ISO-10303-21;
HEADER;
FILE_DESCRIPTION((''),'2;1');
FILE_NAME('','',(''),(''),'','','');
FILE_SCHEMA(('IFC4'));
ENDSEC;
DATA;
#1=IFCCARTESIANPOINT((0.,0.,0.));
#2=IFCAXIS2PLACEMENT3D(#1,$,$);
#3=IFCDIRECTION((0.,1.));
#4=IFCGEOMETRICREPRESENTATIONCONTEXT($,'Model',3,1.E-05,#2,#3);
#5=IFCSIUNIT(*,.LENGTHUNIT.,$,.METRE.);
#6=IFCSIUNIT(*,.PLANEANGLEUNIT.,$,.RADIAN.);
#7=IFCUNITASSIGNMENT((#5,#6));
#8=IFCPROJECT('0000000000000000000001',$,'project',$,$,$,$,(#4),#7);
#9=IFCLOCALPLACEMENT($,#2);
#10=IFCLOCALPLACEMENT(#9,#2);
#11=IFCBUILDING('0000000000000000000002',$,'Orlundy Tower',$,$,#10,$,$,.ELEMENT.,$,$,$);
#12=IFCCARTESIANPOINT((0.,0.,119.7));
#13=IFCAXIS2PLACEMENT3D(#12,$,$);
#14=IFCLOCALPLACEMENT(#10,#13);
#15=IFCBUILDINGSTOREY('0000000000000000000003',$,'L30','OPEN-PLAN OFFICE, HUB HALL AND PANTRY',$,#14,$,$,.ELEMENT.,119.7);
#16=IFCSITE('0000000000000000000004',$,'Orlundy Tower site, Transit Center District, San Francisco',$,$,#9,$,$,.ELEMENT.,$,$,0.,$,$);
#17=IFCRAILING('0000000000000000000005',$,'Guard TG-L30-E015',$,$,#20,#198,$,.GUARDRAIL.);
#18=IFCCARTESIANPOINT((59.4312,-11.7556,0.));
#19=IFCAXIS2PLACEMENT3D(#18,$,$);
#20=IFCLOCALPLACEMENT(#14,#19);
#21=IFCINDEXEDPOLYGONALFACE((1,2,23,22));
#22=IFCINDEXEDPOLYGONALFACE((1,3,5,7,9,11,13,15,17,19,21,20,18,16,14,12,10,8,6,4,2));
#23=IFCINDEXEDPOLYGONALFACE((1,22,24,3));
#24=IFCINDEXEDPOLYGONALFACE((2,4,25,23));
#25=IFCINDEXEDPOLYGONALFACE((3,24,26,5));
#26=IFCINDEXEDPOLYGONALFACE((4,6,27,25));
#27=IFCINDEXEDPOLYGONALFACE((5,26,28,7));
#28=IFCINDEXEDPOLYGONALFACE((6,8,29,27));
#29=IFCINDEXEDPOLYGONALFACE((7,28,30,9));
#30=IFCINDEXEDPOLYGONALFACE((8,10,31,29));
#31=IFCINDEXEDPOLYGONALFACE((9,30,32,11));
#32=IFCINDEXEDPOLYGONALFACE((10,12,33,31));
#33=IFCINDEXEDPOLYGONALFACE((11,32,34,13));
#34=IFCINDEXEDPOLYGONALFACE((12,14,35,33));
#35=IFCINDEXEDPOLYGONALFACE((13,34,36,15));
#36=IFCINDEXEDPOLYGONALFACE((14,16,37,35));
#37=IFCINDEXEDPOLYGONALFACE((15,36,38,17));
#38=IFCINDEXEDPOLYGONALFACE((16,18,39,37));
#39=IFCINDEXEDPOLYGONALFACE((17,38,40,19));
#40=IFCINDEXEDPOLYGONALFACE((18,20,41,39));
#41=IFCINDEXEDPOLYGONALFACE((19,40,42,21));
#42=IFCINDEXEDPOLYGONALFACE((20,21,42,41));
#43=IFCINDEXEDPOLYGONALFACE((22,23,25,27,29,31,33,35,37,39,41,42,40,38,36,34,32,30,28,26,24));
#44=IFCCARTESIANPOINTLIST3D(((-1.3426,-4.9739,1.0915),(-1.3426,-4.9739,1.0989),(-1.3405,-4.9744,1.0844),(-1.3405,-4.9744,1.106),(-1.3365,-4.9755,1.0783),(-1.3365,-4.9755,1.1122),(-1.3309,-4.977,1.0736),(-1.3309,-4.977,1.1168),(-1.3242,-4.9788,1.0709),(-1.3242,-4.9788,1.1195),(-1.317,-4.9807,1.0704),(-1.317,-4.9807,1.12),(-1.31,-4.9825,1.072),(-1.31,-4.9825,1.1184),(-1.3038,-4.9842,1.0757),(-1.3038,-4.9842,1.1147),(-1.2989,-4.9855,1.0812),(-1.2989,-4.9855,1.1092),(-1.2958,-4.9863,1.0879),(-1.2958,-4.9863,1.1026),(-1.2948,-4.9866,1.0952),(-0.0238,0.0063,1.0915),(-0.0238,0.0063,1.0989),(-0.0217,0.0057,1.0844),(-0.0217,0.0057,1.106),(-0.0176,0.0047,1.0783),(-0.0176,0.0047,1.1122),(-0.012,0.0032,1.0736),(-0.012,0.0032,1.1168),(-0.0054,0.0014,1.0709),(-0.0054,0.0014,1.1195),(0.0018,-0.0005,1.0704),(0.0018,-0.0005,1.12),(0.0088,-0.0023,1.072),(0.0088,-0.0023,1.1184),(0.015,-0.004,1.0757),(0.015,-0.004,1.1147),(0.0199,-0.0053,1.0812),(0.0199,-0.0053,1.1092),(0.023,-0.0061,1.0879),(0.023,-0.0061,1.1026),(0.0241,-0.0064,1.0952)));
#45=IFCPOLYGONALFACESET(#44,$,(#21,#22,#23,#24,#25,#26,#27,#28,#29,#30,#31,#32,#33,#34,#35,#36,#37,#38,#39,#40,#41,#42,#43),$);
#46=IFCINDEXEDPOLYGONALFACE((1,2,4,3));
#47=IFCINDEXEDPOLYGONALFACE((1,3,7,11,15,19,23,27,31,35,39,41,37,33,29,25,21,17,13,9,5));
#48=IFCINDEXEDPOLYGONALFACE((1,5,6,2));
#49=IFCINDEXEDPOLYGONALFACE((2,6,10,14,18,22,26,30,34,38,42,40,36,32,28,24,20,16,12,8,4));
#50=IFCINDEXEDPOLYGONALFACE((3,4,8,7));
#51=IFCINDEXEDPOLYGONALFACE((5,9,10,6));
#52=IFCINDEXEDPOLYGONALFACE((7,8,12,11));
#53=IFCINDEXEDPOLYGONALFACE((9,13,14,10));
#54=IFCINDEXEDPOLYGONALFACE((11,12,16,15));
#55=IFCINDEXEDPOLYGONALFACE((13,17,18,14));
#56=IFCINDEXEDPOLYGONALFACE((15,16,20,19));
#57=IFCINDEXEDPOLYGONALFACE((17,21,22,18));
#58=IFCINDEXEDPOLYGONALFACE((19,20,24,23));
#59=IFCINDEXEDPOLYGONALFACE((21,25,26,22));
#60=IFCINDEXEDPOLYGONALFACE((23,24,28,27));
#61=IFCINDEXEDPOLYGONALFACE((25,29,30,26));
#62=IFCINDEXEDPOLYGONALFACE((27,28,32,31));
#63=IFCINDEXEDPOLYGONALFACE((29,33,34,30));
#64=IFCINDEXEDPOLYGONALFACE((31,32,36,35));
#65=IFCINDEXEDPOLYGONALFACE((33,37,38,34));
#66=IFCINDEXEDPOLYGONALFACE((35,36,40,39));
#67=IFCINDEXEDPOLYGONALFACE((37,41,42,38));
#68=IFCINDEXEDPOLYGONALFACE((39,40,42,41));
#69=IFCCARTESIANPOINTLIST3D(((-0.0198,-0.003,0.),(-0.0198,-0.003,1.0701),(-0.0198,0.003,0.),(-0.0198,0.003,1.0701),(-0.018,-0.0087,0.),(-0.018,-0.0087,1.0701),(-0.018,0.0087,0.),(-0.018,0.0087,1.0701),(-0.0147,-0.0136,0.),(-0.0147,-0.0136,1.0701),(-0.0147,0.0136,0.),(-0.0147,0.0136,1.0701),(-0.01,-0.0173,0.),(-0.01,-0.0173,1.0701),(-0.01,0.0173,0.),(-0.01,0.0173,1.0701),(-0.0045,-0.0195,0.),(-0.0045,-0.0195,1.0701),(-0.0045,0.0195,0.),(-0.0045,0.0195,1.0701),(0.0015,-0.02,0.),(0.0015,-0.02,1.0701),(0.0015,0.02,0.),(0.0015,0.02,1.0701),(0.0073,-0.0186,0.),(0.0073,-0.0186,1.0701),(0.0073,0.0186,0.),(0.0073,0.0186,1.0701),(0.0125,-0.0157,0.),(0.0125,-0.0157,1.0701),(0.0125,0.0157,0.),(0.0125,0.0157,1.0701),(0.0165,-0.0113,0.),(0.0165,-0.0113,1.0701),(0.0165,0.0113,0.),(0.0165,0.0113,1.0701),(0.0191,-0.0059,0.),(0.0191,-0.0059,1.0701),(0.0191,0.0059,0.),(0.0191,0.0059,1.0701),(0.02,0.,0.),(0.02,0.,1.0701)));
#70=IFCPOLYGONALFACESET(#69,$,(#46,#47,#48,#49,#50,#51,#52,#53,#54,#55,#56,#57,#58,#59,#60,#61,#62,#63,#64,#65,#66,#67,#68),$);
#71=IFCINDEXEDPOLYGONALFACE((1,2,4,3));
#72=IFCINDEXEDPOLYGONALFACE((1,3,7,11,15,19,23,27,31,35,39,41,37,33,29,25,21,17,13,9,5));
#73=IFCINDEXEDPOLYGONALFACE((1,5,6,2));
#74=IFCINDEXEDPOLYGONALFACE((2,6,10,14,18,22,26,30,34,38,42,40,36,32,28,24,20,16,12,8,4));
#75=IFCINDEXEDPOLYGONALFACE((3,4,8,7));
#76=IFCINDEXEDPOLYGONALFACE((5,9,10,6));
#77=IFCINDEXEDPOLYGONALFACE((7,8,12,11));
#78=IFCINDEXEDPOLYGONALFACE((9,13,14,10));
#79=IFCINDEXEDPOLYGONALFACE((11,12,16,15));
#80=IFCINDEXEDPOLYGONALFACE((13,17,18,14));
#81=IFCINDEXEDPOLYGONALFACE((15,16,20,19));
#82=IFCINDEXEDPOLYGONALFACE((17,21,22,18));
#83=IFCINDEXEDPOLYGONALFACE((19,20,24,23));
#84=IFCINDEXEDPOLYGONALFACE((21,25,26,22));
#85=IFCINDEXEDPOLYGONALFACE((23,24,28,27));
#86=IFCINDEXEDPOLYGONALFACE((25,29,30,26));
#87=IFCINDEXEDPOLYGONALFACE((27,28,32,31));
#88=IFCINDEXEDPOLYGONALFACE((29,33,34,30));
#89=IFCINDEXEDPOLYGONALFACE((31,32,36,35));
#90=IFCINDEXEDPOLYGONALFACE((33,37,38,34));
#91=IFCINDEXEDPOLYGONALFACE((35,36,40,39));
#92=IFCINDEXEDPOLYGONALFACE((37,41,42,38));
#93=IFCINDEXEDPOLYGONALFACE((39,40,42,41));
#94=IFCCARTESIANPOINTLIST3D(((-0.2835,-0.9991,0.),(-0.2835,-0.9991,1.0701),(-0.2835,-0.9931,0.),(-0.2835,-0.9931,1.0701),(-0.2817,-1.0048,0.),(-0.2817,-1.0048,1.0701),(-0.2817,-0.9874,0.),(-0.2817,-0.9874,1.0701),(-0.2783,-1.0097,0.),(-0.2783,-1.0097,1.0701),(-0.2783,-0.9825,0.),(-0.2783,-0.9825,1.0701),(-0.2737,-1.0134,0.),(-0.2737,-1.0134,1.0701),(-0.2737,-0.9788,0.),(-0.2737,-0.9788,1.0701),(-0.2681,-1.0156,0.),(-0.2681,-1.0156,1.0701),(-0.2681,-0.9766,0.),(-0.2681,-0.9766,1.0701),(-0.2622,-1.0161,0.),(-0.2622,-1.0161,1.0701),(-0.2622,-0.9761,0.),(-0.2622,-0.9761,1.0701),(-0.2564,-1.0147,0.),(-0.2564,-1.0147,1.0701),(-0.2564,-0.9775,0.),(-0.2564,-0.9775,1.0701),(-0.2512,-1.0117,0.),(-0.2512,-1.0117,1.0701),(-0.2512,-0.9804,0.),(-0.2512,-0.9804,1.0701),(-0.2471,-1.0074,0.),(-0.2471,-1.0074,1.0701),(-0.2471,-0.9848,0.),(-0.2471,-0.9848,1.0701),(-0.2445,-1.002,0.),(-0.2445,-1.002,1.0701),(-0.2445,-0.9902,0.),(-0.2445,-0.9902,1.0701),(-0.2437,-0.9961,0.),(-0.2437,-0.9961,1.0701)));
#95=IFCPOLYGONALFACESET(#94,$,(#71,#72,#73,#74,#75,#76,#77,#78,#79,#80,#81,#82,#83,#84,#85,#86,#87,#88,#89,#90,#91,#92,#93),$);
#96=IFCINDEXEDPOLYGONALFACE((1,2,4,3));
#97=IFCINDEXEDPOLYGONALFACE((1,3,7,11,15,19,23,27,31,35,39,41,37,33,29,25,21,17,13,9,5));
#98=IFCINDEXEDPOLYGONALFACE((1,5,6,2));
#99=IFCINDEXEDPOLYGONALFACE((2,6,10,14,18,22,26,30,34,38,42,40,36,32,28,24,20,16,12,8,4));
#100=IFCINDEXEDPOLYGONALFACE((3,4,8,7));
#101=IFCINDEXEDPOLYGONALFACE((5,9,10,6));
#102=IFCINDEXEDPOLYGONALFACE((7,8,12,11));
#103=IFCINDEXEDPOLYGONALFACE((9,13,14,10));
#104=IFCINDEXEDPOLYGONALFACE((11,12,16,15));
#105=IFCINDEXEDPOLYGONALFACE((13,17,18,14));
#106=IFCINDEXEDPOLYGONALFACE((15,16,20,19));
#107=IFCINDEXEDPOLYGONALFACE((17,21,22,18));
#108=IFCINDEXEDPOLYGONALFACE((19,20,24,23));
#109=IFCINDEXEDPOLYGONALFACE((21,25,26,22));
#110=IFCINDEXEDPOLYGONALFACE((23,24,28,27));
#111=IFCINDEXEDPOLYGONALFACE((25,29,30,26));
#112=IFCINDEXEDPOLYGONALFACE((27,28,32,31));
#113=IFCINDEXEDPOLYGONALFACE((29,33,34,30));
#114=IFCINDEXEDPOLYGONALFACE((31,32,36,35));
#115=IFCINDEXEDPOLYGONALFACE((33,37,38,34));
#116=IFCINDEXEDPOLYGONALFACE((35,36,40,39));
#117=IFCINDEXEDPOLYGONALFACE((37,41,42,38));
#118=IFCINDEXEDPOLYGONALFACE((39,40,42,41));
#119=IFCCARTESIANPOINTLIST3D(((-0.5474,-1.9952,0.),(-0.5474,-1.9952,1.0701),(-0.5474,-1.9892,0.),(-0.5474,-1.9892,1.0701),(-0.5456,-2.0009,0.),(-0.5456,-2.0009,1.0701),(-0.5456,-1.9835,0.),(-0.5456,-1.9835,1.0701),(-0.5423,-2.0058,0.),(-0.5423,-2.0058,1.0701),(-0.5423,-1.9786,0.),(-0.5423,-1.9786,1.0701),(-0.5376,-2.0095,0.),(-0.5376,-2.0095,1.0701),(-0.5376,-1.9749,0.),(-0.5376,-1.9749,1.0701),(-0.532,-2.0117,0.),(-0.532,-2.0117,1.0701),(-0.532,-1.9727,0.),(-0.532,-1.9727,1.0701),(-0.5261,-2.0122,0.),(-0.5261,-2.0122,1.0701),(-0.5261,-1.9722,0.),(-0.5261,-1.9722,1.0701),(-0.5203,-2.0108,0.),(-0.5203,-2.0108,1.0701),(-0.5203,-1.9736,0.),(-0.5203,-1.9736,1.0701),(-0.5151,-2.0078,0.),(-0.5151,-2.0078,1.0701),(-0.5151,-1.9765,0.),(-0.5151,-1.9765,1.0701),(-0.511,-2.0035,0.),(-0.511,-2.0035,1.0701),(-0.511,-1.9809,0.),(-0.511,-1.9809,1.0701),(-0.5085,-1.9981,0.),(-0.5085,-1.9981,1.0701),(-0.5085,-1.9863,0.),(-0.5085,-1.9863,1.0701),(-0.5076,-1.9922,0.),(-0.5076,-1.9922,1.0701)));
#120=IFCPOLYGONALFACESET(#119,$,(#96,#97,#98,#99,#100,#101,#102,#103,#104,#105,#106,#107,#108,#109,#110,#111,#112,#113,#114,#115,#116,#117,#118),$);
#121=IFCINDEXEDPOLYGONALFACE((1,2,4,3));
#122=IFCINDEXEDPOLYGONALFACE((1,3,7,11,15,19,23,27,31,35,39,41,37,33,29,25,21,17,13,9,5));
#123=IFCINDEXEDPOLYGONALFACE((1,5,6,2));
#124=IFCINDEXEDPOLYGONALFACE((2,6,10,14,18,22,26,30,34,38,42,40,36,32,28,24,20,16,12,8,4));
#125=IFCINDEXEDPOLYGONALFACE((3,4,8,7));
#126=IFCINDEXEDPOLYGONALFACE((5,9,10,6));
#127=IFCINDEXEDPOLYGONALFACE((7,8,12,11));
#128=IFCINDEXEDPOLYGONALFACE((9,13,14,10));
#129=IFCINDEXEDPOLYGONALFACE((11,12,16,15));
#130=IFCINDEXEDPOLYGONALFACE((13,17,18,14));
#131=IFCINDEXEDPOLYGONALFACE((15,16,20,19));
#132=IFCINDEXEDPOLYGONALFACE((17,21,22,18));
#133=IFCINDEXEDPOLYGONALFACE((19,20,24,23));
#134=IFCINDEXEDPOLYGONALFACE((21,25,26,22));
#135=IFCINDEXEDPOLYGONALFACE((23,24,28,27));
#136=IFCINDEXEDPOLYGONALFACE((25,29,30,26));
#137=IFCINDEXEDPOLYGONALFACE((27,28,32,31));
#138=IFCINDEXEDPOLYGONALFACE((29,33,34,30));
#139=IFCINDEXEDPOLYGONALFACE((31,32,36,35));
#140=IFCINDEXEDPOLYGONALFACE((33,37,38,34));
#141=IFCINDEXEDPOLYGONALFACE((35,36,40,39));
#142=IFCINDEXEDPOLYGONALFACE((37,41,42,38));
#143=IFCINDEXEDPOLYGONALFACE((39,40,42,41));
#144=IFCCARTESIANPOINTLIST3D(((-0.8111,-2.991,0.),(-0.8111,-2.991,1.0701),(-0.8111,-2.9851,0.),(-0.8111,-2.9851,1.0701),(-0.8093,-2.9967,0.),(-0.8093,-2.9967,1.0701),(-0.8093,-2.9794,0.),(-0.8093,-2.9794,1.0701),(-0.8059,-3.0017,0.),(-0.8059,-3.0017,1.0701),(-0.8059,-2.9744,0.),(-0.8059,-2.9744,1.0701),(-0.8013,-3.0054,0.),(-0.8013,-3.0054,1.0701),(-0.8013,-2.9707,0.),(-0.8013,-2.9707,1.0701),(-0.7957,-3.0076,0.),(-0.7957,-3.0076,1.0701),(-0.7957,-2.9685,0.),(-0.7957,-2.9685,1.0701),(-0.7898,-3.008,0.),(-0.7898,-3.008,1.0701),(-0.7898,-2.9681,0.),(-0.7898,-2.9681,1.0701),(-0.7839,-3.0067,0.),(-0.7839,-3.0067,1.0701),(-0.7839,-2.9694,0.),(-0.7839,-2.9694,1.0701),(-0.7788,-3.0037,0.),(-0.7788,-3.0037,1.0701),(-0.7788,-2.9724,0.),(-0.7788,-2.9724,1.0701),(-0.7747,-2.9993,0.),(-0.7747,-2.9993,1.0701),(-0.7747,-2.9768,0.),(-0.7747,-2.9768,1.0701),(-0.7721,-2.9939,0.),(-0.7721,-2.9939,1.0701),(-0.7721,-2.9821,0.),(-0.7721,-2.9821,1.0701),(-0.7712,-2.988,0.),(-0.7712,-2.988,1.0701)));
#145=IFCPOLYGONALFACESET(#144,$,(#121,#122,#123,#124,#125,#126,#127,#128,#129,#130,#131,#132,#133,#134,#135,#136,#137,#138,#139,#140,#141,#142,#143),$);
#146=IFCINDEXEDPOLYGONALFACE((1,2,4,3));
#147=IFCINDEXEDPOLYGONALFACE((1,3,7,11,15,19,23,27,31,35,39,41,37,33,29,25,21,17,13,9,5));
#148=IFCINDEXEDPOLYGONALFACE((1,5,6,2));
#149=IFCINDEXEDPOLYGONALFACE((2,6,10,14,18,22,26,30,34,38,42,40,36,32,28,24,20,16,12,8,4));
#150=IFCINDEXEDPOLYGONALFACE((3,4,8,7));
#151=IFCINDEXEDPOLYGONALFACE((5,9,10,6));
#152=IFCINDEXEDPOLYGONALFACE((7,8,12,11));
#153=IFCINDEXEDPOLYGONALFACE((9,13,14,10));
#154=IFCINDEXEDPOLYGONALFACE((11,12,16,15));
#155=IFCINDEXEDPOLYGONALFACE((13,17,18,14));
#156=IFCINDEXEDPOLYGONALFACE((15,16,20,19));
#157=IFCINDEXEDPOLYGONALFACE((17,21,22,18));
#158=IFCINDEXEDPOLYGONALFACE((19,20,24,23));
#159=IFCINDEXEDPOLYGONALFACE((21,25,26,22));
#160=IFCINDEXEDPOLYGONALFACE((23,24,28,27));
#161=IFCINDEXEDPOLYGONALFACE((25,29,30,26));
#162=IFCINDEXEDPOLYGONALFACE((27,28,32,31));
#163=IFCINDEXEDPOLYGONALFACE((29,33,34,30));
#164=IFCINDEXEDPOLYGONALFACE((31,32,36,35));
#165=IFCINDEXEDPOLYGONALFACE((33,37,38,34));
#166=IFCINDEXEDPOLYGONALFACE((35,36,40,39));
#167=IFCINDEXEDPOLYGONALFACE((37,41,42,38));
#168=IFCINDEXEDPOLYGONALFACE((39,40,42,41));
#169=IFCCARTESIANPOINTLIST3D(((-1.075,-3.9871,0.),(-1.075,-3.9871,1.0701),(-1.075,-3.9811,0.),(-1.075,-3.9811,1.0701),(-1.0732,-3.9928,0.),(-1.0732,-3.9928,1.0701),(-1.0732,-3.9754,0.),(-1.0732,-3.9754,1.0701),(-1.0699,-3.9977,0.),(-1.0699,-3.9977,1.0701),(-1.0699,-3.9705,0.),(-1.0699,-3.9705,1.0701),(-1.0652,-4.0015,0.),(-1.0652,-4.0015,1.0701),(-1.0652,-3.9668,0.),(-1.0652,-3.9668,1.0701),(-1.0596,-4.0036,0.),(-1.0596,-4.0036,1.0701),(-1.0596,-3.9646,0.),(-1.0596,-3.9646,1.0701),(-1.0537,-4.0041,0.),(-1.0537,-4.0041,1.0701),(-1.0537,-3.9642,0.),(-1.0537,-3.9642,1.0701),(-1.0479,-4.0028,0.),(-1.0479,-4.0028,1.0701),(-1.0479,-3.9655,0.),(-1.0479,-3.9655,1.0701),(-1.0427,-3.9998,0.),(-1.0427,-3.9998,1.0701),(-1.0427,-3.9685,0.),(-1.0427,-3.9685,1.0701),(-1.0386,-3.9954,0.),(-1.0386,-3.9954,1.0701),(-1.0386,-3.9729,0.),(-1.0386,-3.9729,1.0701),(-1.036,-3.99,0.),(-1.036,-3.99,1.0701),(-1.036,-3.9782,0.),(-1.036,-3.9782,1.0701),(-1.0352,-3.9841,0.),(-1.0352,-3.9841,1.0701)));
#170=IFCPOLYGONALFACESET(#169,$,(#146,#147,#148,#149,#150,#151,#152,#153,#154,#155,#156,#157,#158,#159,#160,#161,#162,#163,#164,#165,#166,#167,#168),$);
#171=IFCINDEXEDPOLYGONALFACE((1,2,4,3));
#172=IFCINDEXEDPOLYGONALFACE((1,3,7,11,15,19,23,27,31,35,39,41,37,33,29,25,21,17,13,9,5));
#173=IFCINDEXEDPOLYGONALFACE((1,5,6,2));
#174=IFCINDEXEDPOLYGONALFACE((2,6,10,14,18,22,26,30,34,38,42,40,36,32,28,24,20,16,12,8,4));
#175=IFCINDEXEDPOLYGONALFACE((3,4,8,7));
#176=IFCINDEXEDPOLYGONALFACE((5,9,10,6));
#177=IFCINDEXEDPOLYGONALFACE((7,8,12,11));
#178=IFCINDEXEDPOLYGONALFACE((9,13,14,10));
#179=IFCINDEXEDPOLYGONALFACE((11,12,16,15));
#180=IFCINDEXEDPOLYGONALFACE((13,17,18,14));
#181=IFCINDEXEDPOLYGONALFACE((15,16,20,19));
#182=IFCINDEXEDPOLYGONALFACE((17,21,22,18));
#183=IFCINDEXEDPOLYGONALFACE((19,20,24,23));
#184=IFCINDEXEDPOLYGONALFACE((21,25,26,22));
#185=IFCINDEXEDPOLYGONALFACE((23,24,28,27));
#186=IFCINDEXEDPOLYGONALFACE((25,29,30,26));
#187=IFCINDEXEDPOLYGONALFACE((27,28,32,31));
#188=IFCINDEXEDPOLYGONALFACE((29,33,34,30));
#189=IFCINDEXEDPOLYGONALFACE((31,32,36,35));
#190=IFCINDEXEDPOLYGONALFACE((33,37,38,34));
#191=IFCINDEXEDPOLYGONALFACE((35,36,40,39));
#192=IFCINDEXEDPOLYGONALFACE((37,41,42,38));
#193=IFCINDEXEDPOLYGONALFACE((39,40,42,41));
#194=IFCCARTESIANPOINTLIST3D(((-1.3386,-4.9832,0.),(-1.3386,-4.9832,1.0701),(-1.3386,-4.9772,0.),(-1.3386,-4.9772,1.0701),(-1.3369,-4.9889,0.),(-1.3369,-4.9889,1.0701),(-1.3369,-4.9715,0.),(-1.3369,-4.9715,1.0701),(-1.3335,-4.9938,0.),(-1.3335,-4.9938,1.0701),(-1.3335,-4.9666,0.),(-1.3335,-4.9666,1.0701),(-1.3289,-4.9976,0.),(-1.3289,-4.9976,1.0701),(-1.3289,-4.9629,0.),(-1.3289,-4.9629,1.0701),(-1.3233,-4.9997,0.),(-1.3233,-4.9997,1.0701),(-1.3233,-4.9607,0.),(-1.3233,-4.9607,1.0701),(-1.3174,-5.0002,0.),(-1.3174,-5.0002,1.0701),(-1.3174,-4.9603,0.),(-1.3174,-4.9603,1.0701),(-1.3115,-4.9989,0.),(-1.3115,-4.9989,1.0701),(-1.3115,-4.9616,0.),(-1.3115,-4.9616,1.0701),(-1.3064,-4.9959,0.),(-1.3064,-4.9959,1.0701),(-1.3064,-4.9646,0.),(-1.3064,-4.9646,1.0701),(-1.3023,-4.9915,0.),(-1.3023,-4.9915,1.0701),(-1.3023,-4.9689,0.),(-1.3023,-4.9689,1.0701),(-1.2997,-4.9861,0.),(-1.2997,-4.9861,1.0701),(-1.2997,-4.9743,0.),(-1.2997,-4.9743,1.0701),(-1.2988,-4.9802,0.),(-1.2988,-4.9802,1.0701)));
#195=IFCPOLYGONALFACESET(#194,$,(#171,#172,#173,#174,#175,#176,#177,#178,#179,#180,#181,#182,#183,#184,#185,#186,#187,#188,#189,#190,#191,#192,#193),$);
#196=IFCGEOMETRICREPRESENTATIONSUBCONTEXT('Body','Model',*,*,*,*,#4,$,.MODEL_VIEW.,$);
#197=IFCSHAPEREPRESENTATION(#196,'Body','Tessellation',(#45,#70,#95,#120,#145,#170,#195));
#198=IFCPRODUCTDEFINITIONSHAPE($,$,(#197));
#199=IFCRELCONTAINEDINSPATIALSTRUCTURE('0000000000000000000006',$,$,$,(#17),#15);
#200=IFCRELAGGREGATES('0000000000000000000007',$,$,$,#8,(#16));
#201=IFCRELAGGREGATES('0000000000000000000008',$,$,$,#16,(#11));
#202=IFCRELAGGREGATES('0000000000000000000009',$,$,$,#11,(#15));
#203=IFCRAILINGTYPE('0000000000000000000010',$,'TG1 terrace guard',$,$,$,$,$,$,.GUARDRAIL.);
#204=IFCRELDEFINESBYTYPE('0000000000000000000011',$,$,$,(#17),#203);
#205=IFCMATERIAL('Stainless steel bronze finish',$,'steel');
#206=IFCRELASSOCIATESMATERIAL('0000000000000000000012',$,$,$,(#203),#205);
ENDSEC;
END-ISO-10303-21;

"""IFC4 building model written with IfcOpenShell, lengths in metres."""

from ifc_helpers import new_model, si_unit, direction, frame, origin, origin_2d, place, context, subcontext, project, spatial, circle, extrude, material, type_object, element, save


model = new_model("IFC4")

# Units and contexts
model_context = context("Model", 3, precision=1e-05, world=origin(), true_north=direction((0.0, 1.0)))
body_context = subcontext(model_context, "Body", "Model", "MODEL_VIEW")
ifc_project = project(units=[si_unit("LENGTHUNIT", "METRE"), si_unit("PLANEANGLEUNIT", "RADIAN")], contexts=[model_context])

# Site, building, storey
site_placement = place(None, origin())
site = spatial("IfcSite", under=ifc_project, at=site_placement, Name="Orlundy Tower site, Transit Center District, San Francisco", CompositionType="ELEMENT", RefElevation=0.0)
building_placement = place(site_placement, origin())
building = spatial("IfcBuilding", under=site, at=building_placement, Name="Orlundy Tower", CompositionType="ELEMENT")
storey_placement = place(building_placement, frame((0.0, 0.0, 119.7)))
storey = spatial("IfcBuildingStorey", under=building, at=storey_placement, Name="L30", Description="OPEN-PLAN OFFICE, HUB HALL AND PANTRY", CompositionType="ELEMENT", Elevation=119.7)

# Railing
ifc_material_1 = material(Name="Stainless steel bronze finish", Category="steel")
railing_type = type_object("IfcRailingType", Name="TG1 terrace guard", PredefinedType="GUARDRAIL", material=ifc_material_1)
railing_1_placement = place(storey_placement, frame((59.4312, -11.7556, 0.0)))
element("IfcRailing", 1, at=railing_1_placement, inside=storey, type_object=railing_type, Name="Guard TG-L30-E015", PredefinedType="GUARDRAIL", context=body_context, shape_type="SweptSolid", body=[
    extrude(circle(Radius=0.0249, at=origin_2d()), frame((0.0, 0.0, 1.0952), z_axis=(-0.255993, -0.966679, 0.0), x_axis=(0.966679, -0.255993, 0.0)), (0.0, 0.0, 1.0), 5.1519),
    extrude(circle(Radius=0.02, at=origin_2d()), origin(), (0.0, 0.0, 1.0), 1.0701),
    extrude(circle(Radius=0.02, at=origin_2d()), frame((-0.2637, -0.9961, 0.0)), (0.0, 0.0, 1.0), 1.0701),
    extrude(circle(Radius=0.02, at=origin_2d()), frame((-0.5276, -1.9922, 0.0)), (0.0, 0.0, 1.0), 1.0701),
    extrude(circle(Radius=0.02, at=origin_2d()), frame((-0.7913, -2.988, 0.0)), (0.0, 0.0, 1.0), 1.0701),
    extrude(circle(Radius=0.02, at=origin_2d()), frame((-1.0552, -3.9841, 0.0)), (0.0, 0.0, 1.0), 1.0701),
    extrude(circle(Radius=0.02, at=origin_2d()), frame((-1.3188, -4.9802, 0.0)), (0.0, 0.0, 1.0), 1.0701),
])

save(model, "model.ifc")
